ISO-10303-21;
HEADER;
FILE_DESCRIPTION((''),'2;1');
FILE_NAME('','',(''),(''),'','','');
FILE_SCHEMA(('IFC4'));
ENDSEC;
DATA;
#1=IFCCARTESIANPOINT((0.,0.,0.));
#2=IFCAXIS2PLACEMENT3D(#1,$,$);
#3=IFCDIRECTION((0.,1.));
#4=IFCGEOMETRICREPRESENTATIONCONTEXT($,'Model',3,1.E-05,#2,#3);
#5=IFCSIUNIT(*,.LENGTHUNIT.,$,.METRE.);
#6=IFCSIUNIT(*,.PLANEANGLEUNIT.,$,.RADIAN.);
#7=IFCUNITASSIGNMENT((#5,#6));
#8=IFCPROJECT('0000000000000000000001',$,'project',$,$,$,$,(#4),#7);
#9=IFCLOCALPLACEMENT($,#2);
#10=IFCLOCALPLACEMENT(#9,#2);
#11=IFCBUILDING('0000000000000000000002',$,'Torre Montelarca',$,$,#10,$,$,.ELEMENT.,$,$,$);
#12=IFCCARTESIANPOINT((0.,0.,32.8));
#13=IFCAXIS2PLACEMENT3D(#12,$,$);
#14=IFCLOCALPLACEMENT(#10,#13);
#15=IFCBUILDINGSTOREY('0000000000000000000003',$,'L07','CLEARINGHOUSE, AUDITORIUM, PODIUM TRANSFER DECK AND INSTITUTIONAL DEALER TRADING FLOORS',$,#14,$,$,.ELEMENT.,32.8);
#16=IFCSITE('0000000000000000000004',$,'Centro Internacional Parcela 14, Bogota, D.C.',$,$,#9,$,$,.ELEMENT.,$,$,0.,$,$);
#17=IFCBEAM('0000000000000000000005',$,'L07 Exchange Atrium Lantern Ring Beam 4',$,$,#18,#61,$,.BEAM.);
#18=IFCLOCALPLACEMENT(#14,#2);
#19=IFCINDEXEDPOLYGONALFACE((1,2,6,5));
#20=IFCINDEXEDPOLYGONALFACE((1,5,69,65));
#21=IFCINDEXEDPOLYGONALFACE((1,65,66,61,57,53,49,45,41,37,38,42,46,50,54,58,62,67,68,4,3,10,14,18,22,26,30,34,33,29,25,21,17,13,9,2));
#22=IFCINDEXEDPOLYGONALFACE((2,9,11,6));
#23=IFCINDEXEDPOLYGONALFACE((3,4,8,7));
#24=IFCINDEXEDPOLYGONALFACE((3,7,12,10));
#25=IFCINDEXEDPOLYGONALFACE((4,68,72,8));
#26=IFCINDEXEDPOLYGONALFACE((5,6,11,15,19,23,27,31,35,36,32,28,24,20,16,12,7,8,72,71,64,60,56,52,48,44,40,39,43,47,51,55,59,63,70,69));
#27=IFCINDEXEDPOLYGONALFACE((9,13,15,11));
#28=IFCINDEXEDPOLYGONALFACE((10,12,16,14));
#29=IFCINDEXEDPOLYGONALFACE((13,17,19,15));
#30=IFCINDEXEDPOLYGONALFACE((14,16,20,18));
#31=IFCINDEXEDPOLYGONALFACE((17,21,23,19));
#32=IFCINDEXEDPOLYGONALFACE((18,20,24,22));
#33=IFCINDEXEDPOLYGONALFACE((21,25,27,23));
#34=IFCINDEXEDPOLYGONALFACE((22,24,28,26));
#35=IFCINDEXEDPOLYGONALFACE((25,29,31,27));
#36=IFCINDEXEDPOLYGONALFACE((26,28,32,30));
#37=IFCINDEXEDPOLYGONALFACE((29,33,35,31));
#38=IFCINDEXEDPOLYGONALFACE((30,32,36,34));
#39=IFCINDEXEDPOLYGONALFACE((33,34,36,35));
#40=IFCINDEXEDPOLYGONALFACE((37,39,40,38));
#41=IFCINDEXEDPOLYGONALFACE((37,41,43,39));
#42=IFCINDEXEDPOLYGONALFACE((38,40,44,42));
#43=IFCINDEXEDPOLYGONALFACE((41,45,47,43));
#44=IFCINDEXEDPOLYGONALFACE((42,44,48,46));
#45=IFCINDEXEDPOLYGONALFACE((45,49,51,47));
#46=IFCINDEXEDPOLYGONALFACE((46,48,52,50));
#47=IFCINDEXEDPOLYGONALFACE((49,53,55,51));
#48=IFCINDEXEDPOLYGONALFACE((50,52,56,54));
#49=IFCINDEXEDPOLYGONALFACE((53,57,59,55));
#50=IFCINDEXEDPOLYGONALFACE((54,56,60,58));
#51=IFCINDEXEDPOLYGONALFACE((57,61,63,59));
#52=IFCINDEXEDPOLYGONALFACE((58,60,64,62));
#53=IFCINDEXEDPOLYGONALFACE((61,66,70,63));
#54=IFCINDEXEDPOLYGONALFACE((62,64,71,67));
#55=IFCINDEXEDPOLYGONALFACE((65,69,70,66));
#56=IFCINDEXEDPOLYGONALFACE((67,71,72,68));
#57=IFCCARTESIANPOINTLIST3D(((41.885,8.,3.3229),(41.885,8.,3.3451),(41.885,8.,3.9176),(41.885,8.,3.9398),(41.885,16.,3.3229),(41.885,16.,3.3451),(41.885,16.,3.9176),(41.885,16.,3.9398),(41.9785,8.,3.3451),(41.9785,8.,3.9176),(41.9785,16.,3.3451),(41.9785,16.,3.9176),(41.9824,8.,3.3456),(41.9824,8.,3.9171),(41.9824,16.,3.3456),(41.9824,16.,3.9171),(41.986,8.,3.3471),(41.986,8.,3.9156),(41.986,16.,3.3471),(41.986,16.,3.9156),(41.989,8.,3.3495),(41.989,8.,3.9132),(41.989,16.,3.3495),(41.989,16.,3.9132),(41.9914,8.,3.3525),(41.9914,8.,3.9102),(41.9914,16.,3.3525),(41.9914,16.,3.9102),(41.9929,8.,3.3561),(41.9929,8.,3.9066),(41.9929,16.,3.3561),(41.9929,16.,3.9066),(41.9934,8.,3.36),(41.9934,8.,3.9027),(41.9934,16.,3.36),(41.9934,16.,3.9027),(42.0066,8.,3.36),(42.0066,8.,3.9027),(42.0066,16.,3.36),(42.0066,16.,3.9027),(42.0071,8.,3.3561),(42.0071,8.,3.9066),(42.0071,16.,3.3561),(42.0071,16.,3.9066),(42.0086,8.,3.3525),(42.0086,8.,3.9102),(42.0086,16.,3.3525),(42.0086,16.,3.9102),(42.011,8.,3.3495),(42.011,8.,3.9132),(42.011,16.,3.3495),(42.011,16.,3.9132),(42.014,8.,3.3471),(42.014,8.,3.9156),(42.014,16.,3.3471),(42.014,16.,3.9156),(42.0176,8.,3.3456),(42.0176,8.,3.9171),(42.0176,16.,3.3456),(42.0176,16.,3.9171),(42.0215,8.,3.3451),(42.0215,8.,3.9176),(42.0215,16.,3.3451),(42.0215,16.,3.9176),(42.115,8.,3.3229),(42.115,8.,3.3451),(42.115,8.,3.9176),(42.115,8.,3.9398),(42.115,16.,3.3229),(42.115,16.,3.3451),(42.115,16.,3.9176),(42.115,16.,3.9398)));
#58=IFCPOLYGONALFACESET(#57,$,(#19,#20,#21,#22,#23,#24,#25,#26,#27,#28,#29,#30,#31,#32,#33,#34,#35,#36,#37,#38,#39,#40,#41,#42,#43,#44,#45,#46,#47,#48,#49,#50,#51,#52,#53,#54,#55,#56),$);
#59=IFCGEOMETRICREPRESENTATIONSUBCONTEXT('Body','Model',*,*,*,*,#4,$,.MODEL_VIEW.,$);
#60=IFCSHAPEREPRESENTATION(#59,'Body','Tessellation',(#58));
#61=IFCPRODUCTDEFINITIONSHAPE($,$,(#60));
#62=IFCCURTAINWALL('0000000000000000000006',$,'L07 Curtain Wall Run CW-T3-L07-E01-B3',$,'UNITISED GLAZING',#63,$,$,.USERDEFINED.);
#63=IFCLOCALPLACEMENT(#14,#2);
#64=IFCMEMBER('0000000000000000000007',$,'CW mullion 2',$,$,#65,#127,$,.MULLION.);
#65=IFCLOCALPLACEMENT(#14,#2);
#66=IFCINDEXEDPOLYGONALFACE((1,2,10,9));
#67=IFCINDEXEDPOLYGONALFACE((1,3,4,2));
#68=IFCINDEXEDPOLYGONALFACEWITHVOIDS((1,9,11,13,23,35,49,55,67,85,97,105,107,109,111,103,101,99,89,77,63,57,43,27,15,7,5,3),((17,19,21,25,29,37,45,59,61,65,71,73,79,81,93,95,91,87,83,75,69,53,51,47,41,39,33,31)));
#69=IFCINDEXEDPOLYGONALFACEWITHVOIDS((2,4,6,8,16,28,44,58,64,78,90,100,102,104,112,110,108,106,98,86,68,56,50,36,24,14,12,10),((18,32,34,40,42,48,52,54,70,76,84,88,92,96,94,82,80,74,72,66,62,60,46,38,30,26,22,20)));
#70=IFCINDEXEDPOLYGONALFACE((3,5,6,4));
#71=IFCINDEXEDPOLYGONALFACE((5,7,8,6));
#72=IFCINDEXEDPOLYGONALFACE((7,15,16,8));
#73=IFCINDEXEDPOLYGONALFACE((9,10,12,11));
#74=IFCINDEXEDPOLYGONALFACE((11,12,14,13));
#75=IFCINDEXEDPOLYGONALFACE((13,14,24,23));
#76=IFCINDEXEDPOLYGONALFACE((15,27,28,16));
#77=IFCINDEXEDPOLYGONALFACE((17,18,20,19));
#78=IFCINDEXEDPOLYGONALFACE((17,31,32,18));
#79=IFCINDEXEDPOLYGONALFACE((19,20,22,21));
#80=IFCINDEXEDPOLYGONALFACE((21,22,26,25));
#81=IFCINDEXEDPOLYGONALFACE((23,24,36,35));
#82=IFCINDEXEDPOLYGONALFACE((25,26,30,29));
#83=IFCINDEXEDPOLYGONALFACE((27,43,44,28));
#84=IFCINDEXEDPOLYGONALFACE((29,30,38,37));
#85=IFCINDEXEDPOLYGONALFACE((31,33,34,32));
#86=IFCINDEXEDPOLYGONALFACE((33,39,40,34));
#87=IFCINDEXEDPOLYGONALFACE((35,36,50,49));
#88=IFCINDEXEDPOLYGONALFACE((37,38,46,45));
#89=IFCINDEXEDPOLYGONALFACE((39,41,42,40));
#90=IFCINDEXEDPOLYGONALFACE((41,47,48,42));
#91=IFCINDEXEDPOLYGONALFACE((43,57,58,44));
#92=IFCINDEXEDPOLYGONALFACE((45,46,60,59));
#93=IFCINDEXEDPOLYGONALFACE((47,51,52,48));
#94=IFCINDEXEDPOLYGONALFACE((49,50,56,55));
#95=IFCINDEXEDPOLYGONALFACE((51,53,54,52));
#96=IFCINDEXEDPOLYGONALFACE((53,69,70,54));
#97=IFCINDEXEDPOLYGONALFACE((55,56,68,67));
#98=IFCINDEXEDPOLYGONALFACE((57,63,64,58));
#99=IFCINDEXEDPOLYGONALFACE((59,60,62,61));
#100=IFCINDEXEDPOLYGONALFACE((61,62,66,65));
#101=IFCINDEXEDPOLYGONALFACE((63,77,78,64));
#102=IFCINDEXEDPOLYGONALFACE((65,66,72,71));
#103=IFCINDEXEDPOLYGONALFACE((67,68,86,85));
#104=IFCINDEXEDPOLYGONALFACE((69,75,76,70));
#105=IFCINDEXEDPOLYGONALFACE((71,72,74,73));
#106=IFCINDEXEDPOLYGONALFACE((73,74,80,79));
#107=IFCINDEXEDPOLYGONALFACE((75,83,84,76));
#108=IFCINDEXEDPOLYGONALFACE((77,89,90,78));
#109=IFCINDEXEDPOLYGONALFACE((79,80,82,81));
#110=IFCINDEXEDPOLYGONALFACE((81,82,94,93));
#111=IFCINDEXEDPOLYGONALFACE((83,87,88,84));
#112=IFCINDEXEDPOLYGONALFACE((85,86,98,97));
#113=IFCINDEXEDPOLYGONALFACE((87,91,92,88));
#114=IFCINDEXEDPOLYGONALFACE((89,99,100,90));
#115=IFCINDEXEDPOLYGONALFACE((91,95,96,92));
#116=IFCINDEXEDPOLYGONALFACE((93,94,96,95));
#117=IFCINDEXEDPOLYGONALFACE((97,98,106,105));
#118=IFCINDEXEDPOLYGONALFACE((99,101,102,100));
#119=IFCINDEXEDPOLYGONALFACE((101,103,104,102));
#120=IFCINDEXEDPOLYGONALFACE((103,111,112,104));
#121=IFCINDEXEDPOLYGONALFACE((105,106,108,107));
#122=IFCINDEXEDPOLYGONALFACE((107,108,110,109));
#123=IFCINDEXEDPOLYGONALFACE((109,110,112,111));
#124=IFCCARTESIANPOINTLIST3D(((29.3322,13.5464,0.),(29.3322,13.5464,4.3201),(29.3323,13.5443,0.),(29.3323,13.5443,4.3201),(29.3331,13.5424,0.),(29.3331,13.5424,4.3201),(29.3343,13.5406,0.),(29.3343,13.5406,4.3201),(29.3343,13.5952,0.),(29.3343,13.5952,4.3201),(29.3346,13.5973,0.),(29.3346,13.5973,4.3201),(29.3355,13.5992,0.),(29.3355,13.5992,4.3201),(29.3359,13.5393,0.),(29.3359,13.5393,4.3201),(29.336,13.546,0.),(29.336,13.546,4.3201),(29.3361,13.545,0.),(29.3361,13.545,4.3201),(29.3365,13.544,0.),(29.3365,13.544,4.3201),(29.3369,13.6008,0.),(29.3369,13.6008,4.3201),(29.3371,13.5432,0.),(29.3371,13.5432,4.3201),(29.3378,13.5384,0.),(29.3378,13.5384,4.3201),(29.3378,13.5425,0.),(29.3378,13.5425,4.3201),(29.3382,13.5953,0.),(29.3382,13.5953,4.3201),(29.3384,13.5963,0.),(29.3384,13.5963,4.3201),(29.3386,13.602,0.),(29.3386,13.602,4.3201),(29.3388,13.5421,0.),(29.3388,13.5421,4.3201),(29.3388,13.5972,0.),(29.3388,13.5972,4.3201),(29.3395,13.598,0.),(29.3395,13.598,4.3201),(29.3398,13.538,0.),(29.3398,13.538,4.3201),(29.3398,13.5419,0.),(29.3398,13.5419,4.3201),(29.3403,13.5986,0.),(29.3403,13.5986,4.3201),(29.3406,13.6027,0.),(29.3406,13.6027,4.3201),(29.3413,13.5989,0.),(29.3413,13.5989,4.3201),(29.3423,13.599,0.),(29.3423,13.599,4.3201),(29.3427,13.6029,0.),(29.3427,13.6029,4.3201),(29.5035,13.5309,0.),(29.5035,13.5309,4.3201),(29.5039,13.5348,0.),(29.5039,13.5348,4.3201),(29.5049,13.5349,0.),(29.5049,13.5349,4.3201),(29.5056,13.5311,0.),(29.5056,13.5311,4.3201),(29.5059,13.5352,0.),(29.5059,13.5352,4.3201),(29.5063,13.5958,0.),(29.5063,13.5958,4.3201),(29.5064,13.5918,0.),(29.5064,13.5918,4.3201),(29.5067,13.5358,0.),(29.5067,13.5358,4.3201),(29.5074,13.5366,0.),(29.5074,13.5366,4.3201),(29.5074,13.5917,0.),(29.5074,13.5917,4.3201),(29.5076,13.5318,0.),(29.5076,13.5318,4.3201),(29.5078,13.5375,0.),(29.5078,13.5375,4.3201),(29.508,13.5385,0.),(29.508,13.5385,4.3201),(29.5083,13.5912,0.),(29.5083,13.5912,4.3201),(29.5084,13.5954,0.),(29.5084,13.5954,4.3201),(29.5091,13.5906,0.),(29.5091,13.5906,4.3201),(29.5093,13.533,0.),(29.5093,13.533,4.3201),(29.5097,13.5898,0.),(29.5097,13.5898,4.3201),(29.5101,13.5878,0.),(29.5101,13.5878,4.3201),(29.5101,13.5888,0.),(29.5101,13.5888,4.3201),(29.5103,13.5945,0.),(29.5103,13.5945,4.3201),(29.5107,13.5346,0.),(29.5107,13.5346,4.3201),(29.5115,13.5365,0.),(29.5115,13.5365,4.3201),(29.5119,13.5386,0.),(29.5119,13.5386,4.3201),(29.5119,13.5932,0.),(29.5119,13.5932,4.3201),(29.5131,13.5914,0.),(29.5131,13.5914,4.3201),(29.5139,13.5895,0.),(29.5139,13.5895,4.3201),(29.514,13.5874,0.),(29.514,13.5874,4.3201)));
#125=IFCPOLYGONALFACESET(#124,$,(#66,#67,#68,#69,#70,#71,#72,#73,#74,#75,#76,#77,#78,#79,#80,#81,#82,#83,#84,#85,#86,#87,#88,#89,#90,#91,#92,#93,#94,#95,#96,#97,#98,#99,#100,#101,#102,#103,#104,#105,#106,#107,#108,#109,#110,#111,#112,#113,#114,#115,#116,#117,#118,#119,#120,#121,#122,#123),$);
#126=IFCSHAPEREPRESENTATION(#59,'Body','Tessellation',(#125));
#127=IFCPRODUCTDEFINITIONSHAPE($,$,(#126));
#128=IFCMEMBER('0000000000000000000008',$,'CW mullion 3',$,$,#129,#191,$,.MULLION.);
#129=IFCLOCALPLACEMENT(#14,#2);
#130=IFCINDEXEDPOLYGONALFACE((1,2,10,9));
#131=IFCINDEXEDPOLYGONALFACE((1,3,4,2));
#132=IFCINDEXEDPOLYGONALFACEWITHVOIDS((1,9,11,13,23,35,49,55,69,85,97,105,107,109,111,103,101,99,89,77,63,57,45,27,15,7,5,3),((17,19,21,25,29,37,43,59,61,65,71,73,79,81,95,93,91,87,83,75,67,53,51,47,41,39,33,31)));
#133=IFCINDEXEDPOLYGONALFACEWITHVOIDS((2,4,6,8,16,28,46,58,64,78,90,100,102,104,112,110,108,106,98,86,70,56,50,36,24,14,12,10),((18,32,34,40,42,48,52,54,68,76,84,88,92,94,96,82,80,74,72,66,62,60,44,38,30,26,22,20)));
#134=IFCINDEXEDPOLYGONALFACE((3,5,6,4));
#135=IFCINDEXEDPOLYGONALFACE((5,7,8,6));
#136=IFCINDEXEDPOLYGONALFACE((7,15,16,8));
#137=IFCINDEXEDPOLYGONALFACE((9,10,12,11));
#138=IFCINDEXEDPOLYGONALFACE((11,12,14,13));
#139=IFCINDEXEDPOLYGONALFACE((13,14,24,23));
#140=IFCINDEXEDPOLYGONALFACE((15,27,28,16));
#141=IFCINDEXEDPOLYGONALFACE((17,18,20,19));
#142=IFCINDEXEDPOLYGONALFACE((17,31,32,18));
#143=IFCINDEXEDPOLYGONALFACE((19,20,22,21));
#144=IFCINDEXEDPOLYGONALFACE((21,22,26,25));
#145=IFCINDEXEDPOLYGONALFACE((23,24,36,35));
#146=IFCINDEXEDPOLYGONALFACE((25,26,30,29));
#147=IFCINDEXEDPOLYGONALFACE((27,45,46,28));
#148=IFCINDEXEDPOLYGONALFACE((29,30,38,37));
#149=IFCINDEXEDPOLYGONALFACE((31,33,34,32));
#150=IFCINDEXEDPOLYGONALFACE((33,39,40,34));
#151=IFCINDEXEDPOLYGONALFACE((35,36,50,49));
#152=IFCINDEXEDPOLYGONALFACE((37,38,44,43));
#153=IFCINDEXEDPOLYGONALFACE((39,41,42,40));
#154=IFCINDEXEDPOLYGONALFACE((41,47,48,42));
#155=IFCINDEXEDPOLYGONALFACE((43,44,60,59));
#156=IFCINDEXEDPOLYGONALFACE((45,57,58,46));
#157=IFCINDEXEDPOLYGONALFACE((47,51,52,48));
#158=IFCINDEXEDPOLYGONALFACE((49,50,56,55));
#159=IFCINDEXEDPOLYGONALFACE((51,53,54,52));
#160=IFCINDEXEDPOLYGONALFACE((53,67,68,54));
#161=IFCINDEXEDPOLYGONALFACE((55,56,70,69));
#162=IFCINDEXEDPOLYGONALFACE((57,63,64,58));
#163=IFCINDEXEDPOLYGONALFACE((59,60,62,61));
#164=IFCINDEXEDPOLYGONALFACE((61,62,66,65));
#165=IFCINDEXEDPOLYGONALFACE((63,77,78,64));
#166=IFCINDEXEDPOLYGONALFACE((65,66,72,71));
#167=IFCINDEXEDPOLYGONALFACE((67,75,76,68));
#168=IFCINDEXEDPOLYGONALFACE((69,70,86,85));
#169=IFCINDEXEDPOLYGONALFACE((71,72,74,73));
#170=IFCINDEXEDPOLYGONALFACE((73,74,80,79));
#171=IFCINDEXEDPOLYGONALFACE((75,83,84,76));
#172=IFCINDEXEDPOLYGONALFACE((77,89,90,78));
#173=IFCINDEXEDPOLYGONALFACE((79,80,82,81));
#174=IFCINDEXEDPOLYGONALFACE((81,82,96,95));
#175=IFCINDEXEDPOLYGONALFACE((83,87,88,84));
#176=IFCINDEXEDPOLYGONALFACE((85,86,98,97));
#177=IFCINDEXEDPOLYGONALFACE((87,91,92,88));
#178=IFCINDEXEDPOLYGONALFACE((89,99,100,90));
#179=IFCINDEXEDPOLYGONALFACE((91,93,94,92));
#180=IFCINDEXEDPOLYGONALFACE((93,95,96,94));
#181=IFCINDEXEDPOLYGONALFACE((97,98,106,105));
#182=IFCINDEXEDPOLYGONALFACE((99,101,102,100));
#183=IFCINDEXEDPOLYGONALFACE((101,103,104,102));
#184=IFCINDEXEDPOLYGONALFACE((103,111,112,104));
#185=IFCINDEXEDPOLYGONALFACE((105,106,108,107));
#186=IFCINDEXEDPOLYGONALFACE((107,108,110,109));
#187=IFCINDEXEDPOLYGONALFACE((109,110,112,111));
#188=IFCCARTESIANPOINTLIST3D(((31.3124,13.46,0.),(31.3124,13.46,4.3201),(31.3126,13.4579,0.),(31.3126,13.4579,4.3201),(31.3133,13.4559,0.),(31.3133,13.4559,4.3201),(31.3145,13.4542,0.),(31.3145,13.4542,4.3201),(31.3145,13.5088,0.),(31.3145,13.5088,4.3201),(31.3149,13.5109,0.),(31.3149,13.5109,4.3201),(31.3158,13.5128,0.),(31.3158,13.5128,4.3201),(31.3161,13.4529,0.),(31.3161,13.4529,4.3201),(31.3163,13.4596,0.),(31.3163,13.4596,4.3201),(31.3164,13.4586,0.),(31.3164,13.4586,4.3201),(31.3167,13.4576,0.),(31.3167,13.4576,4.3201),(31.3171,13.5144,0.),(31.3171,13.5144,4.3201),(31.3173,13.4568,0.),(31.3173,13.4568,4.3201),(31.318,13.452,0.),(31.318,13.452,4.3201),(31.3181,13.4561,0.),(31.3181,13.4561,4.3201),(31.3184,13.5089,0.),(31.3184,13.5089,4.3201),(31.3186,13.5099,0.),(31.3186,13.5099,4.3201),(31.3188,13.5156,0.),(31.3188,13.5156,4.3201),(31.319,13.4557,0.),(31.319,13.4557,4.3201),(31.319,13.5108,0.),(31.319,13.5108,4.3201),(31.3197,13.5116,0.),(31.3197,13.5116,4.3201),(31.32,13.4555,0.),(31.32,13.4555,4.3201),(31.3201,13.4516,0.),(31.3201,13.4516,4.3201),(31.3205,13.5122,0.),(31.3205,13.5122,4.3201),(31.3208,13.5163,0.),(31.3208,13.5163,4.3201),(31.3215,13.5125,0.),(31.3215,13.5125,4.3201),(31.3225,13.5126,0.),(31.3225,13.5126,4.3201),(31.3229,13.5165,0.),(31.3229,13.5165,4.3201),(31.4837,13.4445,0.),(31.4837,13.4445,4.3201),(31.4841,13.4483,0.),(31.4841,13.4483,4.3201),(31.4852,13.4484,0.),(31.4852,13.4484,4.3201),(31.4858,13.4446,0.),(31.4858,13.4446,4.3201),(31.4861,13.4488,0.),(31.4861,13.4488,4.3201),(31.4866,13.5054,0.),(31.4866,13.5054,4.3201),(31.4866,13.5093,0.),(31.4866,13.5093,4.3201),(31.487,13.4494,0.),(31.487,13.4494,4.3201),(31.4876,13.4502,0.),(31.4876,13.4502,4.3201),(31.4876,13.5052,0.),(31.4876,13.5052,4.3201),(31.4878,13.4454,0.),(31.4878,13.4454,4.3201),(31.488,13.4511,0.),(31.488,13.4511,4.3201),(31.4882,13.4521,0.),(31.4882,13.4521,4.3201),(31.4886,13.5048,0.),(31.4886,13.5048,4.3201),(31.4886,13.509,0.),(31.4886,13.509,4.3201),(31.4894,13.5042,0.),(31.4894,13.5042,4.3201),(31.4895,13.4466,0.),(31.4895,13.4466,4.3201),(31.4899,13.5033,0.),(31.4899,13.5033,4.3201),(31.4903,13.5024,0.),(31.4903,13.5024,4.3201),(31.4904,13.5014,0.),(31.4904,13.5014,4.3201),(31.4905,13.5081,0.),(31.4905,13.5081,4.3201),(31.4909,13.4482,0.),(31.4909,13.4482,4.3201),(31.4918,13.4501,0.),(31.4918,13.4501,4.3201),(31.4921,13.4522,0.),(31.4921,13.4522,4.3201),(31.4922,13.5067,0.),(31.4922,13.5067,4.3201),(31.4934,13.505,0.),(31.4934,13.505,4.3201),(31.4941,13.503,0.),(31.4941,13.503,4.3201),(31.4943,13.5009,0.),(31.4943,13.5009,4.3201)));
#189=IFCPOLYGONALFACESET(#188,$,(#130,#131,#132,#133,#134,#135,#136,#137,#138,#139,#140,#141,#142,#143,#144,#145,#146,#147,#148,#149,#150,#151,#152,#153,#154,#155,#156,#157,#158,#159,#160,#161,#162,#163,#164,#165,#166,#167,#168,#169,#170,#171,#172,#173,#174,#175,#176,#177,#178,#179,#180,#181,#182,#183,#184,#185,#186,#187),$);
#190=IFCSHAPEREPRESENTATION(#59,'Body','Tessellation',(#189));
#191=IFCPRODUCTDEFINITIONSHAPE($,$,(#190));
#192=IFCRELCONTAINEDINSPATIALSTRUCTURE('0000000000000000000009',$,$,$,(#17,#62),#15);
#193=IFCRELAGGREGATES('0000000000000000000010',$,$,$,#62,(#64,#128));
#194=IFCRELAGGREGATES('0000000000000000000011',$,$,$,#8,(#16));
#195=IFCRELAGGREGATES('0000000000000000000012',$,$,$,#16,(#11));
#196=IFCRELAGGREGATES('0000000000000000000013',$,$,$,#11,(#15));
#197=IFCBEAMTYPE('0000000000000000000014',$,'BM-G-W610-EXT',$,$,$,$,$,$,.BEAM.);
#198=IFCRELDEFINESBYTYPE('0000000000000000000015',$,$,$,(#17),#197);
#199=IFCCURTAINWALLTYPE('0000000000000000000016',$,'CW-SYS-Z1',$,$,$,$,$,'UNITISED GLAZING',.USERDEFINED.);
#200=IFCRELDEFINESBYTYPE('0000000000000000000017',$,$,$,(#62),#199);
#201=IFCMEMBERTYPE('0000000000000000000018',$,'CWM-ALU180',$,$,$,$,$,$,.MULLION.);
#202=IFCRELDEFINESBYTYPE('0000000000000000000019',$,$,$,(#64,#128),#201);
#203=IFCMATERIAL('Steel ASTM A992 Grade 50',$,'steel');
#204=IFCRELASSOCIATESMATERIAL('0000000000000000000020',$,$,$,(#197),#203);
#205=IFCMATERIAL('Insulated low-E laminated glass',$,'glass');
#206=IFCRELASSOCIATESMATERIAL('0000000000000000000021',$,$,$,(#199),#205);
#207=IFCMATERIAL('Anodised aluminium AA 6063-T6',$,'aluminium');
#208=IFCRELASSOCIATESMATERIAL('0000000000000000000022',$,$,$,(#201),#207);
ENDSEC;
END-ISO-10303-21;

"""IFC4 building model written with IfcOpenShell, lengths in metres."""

from ifc_helpers import new_model, si_unit, direction, frame, origin, origin_2d, place, context, subcontext, project, spatial, hollow_rectangle, i_section, extrude, source, transform, mapped, material, material_profile, profile_set, type_object, element, aggregate, save


model = new_model("IFC4")

# Units and contexts
model_context = context("Model", 3, precision=1e-05, world=origin(), true_north=direction((0.0, 1.0)))
body_context = subcontext(model_context, "Body", "Model", "MODEL_VIEW")
ifc_project = project(units=[si_unit("LENGTHUNIT", "METRE"), si_unit("PLANEANGLEUNIT", "RADIAN")], contexts=[model_context])

# Site, building, storey
site_placement = place(None, origin())
site = spatial("IfcSite", under=ifc_project, at=site_placement, Name="Centro Internacional Parcela 14, Bogota, D.C.", CompositionType="ELEMENT", RefElevation=0.0)
building_placement = place(site_placement, origin())
building = spatial("IfcBuilding", under=site, at=building_placement, Name="Torre Montelarca", CompositionType="ELEMENT")
storey_placement = place(building_placement, frame((0.0, 0.0, 32.8)))
storey = spatial("IfcBuildingStorey", under=building, at=storey_placement, Name="L07", Description="CLEARINGHOUSE, AUDITORIUM, PODIUM TRANSFER DECK AND INSTITUTIONAL DEALER TRADING FLOORS", CompositionType="ELEMENT", Elevation=32.8)

# Beam
ifc_material_1 = material(Name="Steel ASTM A992 Grade 50", Category="steel")
ifc_material_profile_1 = material_profile(ifc_material_1, i_section(OverallWidth=0.23, OverallDepth=0.6169, WebThickness=0.0132, FlangeThickness=0.0222, FilletRadius=0.0149, at=origin_2d()), Name="W610X140", Category="steel")
ifc_profile_set_1 = profile_set([ifc_material_profile_1], Name="Steel ASTM A992 Grade 50")
beam_type = type_object("IfcBeamType", Name="BM-G-W610-EXT", PredefinedType="BEAM", material=ifc_profile_set_1)
shared_shape_1 = source(origin(), body_context, "Body", "SweptSolid", [
    extrude(i_section(OverallWidth=0.23, OverallDepth=0.6169, WebThickness=0.0132, FlangeThickness=0.0222, FilletRadius=0.0149, at=origin_2d()), origin(), (0.0, 0.0, 1.0), 8.0),
])
beam_1_placement = place(storey_placement, frame((42.0, 16.0, 3.6313), z_axis=(0.0, -1.0, 0.0), x_axis=(1.0, 0.0, 0.0)))
element("IfcBeam", 1, at=beam_1_placement, inside=storey, type_object=beam_type, Name="L07 Exchange Atrium Lantern Ring Beam 4", PredefinedType="BEAM", context=body_context, shape_type="MappedRepresentation", body=[
    mapped(shared_shape_1, transform((0.0, 0.0, 0.0), scale=1.0)),
])

# Curtain wall, members
ifc_material_2 = material(Name="Insulated low-E laminated glass", Category="glass")
curtain_wall_type = type_object("IfcCurtainWallType", Name="CW-SYS-Z1", ElementType="UNITISED GLAZING", PredefinedType="USERDEFINED", material=ifc_material_2)
curtain_wall_1_placement = place(storey_placement, origin())
curtain_wall_1 = element("IfcCurtainWall", 2, at=curtain_wall_1_placement, inside=storey, type_object=curtain_wall_type, Name="L07 Curtain Wall Run CW-T3-L07-E01-B3", ObjectType="UNITISED GLAZING", PredefinedType="USERDEFINED")
ifc_material_3 = material(Name="Anodised aluminium AA 6063-T6", Category="aluminium")
ifc_material_profile_2 = material_profile(ifc_material_3, hollow_rectangle(XDim=0.0649, YDim=0.1799, WallThickness=0.0039, InnerFilletRadius=0.0039, OuterFilletRadius=0.0081, at=origin_2d()), Name="ALU65X180X4", Category="aluminium")
ifc_profile_set_2 = profile_set([ifc_material_profile_2], Name="Anodised aluminium AA 6063-T6")
member_type_1 = type_object("IfcMemberType", Name="CWM-ALU180", PredefinedType="MULLION", material=ifc_profile_set_2)
shared_shape_2 = source(origin(), body_context, "Body", "SweptSolid", [
    extrude(hollow_rectangle(XDim=0.0649, YDim=0.1799, WallThickness=0.0039, InnerFilletRadius=0.0039, OuterFilletRadius=0.0081, at=origin_2d()), origin(), (0.0, 0.0, 1.0), 4.3201),
])
member_1_placement = place(storey_placement, frame((29.4231, 13.5669, 0.0), z_axis=(0.0, 0.0, 1.0), x_axis=(0.043606, 0.999049, 0.0)))
member_1 = element("IfcMember", 3, at=member_1_placement, type_object=member_type_1, Name="CW mullion 2", PredefinedType="MULLION", context=body_context, shape_type="MappedRepresentation", body=[
    mapped(shared_shape_2, transform((0.0, 0.0, 0.0), scale=1.0)),
])
member_2_placement = place(storey_placement, frame((31.4033, 13.4805, 0.0), z_axis=(0.0, 0.0, 1.0), x_axis=(0.043606, 0.999049, 0.0)))
member_2 = element("IfcMember", 4, at=member_2_placement, type_object=member_type_1, Name="CW mullion 3", PredefinedType="MULLION", context=body_context, shape_type="MappedRepresentation", body=[
    mapped(shared_shape_2, transform((0.0, 0.0, 0.0), scale=1.0)),
])

aggregate(curtain_wall_1, [member_1, member_2])

save(model, "model.ifc")
